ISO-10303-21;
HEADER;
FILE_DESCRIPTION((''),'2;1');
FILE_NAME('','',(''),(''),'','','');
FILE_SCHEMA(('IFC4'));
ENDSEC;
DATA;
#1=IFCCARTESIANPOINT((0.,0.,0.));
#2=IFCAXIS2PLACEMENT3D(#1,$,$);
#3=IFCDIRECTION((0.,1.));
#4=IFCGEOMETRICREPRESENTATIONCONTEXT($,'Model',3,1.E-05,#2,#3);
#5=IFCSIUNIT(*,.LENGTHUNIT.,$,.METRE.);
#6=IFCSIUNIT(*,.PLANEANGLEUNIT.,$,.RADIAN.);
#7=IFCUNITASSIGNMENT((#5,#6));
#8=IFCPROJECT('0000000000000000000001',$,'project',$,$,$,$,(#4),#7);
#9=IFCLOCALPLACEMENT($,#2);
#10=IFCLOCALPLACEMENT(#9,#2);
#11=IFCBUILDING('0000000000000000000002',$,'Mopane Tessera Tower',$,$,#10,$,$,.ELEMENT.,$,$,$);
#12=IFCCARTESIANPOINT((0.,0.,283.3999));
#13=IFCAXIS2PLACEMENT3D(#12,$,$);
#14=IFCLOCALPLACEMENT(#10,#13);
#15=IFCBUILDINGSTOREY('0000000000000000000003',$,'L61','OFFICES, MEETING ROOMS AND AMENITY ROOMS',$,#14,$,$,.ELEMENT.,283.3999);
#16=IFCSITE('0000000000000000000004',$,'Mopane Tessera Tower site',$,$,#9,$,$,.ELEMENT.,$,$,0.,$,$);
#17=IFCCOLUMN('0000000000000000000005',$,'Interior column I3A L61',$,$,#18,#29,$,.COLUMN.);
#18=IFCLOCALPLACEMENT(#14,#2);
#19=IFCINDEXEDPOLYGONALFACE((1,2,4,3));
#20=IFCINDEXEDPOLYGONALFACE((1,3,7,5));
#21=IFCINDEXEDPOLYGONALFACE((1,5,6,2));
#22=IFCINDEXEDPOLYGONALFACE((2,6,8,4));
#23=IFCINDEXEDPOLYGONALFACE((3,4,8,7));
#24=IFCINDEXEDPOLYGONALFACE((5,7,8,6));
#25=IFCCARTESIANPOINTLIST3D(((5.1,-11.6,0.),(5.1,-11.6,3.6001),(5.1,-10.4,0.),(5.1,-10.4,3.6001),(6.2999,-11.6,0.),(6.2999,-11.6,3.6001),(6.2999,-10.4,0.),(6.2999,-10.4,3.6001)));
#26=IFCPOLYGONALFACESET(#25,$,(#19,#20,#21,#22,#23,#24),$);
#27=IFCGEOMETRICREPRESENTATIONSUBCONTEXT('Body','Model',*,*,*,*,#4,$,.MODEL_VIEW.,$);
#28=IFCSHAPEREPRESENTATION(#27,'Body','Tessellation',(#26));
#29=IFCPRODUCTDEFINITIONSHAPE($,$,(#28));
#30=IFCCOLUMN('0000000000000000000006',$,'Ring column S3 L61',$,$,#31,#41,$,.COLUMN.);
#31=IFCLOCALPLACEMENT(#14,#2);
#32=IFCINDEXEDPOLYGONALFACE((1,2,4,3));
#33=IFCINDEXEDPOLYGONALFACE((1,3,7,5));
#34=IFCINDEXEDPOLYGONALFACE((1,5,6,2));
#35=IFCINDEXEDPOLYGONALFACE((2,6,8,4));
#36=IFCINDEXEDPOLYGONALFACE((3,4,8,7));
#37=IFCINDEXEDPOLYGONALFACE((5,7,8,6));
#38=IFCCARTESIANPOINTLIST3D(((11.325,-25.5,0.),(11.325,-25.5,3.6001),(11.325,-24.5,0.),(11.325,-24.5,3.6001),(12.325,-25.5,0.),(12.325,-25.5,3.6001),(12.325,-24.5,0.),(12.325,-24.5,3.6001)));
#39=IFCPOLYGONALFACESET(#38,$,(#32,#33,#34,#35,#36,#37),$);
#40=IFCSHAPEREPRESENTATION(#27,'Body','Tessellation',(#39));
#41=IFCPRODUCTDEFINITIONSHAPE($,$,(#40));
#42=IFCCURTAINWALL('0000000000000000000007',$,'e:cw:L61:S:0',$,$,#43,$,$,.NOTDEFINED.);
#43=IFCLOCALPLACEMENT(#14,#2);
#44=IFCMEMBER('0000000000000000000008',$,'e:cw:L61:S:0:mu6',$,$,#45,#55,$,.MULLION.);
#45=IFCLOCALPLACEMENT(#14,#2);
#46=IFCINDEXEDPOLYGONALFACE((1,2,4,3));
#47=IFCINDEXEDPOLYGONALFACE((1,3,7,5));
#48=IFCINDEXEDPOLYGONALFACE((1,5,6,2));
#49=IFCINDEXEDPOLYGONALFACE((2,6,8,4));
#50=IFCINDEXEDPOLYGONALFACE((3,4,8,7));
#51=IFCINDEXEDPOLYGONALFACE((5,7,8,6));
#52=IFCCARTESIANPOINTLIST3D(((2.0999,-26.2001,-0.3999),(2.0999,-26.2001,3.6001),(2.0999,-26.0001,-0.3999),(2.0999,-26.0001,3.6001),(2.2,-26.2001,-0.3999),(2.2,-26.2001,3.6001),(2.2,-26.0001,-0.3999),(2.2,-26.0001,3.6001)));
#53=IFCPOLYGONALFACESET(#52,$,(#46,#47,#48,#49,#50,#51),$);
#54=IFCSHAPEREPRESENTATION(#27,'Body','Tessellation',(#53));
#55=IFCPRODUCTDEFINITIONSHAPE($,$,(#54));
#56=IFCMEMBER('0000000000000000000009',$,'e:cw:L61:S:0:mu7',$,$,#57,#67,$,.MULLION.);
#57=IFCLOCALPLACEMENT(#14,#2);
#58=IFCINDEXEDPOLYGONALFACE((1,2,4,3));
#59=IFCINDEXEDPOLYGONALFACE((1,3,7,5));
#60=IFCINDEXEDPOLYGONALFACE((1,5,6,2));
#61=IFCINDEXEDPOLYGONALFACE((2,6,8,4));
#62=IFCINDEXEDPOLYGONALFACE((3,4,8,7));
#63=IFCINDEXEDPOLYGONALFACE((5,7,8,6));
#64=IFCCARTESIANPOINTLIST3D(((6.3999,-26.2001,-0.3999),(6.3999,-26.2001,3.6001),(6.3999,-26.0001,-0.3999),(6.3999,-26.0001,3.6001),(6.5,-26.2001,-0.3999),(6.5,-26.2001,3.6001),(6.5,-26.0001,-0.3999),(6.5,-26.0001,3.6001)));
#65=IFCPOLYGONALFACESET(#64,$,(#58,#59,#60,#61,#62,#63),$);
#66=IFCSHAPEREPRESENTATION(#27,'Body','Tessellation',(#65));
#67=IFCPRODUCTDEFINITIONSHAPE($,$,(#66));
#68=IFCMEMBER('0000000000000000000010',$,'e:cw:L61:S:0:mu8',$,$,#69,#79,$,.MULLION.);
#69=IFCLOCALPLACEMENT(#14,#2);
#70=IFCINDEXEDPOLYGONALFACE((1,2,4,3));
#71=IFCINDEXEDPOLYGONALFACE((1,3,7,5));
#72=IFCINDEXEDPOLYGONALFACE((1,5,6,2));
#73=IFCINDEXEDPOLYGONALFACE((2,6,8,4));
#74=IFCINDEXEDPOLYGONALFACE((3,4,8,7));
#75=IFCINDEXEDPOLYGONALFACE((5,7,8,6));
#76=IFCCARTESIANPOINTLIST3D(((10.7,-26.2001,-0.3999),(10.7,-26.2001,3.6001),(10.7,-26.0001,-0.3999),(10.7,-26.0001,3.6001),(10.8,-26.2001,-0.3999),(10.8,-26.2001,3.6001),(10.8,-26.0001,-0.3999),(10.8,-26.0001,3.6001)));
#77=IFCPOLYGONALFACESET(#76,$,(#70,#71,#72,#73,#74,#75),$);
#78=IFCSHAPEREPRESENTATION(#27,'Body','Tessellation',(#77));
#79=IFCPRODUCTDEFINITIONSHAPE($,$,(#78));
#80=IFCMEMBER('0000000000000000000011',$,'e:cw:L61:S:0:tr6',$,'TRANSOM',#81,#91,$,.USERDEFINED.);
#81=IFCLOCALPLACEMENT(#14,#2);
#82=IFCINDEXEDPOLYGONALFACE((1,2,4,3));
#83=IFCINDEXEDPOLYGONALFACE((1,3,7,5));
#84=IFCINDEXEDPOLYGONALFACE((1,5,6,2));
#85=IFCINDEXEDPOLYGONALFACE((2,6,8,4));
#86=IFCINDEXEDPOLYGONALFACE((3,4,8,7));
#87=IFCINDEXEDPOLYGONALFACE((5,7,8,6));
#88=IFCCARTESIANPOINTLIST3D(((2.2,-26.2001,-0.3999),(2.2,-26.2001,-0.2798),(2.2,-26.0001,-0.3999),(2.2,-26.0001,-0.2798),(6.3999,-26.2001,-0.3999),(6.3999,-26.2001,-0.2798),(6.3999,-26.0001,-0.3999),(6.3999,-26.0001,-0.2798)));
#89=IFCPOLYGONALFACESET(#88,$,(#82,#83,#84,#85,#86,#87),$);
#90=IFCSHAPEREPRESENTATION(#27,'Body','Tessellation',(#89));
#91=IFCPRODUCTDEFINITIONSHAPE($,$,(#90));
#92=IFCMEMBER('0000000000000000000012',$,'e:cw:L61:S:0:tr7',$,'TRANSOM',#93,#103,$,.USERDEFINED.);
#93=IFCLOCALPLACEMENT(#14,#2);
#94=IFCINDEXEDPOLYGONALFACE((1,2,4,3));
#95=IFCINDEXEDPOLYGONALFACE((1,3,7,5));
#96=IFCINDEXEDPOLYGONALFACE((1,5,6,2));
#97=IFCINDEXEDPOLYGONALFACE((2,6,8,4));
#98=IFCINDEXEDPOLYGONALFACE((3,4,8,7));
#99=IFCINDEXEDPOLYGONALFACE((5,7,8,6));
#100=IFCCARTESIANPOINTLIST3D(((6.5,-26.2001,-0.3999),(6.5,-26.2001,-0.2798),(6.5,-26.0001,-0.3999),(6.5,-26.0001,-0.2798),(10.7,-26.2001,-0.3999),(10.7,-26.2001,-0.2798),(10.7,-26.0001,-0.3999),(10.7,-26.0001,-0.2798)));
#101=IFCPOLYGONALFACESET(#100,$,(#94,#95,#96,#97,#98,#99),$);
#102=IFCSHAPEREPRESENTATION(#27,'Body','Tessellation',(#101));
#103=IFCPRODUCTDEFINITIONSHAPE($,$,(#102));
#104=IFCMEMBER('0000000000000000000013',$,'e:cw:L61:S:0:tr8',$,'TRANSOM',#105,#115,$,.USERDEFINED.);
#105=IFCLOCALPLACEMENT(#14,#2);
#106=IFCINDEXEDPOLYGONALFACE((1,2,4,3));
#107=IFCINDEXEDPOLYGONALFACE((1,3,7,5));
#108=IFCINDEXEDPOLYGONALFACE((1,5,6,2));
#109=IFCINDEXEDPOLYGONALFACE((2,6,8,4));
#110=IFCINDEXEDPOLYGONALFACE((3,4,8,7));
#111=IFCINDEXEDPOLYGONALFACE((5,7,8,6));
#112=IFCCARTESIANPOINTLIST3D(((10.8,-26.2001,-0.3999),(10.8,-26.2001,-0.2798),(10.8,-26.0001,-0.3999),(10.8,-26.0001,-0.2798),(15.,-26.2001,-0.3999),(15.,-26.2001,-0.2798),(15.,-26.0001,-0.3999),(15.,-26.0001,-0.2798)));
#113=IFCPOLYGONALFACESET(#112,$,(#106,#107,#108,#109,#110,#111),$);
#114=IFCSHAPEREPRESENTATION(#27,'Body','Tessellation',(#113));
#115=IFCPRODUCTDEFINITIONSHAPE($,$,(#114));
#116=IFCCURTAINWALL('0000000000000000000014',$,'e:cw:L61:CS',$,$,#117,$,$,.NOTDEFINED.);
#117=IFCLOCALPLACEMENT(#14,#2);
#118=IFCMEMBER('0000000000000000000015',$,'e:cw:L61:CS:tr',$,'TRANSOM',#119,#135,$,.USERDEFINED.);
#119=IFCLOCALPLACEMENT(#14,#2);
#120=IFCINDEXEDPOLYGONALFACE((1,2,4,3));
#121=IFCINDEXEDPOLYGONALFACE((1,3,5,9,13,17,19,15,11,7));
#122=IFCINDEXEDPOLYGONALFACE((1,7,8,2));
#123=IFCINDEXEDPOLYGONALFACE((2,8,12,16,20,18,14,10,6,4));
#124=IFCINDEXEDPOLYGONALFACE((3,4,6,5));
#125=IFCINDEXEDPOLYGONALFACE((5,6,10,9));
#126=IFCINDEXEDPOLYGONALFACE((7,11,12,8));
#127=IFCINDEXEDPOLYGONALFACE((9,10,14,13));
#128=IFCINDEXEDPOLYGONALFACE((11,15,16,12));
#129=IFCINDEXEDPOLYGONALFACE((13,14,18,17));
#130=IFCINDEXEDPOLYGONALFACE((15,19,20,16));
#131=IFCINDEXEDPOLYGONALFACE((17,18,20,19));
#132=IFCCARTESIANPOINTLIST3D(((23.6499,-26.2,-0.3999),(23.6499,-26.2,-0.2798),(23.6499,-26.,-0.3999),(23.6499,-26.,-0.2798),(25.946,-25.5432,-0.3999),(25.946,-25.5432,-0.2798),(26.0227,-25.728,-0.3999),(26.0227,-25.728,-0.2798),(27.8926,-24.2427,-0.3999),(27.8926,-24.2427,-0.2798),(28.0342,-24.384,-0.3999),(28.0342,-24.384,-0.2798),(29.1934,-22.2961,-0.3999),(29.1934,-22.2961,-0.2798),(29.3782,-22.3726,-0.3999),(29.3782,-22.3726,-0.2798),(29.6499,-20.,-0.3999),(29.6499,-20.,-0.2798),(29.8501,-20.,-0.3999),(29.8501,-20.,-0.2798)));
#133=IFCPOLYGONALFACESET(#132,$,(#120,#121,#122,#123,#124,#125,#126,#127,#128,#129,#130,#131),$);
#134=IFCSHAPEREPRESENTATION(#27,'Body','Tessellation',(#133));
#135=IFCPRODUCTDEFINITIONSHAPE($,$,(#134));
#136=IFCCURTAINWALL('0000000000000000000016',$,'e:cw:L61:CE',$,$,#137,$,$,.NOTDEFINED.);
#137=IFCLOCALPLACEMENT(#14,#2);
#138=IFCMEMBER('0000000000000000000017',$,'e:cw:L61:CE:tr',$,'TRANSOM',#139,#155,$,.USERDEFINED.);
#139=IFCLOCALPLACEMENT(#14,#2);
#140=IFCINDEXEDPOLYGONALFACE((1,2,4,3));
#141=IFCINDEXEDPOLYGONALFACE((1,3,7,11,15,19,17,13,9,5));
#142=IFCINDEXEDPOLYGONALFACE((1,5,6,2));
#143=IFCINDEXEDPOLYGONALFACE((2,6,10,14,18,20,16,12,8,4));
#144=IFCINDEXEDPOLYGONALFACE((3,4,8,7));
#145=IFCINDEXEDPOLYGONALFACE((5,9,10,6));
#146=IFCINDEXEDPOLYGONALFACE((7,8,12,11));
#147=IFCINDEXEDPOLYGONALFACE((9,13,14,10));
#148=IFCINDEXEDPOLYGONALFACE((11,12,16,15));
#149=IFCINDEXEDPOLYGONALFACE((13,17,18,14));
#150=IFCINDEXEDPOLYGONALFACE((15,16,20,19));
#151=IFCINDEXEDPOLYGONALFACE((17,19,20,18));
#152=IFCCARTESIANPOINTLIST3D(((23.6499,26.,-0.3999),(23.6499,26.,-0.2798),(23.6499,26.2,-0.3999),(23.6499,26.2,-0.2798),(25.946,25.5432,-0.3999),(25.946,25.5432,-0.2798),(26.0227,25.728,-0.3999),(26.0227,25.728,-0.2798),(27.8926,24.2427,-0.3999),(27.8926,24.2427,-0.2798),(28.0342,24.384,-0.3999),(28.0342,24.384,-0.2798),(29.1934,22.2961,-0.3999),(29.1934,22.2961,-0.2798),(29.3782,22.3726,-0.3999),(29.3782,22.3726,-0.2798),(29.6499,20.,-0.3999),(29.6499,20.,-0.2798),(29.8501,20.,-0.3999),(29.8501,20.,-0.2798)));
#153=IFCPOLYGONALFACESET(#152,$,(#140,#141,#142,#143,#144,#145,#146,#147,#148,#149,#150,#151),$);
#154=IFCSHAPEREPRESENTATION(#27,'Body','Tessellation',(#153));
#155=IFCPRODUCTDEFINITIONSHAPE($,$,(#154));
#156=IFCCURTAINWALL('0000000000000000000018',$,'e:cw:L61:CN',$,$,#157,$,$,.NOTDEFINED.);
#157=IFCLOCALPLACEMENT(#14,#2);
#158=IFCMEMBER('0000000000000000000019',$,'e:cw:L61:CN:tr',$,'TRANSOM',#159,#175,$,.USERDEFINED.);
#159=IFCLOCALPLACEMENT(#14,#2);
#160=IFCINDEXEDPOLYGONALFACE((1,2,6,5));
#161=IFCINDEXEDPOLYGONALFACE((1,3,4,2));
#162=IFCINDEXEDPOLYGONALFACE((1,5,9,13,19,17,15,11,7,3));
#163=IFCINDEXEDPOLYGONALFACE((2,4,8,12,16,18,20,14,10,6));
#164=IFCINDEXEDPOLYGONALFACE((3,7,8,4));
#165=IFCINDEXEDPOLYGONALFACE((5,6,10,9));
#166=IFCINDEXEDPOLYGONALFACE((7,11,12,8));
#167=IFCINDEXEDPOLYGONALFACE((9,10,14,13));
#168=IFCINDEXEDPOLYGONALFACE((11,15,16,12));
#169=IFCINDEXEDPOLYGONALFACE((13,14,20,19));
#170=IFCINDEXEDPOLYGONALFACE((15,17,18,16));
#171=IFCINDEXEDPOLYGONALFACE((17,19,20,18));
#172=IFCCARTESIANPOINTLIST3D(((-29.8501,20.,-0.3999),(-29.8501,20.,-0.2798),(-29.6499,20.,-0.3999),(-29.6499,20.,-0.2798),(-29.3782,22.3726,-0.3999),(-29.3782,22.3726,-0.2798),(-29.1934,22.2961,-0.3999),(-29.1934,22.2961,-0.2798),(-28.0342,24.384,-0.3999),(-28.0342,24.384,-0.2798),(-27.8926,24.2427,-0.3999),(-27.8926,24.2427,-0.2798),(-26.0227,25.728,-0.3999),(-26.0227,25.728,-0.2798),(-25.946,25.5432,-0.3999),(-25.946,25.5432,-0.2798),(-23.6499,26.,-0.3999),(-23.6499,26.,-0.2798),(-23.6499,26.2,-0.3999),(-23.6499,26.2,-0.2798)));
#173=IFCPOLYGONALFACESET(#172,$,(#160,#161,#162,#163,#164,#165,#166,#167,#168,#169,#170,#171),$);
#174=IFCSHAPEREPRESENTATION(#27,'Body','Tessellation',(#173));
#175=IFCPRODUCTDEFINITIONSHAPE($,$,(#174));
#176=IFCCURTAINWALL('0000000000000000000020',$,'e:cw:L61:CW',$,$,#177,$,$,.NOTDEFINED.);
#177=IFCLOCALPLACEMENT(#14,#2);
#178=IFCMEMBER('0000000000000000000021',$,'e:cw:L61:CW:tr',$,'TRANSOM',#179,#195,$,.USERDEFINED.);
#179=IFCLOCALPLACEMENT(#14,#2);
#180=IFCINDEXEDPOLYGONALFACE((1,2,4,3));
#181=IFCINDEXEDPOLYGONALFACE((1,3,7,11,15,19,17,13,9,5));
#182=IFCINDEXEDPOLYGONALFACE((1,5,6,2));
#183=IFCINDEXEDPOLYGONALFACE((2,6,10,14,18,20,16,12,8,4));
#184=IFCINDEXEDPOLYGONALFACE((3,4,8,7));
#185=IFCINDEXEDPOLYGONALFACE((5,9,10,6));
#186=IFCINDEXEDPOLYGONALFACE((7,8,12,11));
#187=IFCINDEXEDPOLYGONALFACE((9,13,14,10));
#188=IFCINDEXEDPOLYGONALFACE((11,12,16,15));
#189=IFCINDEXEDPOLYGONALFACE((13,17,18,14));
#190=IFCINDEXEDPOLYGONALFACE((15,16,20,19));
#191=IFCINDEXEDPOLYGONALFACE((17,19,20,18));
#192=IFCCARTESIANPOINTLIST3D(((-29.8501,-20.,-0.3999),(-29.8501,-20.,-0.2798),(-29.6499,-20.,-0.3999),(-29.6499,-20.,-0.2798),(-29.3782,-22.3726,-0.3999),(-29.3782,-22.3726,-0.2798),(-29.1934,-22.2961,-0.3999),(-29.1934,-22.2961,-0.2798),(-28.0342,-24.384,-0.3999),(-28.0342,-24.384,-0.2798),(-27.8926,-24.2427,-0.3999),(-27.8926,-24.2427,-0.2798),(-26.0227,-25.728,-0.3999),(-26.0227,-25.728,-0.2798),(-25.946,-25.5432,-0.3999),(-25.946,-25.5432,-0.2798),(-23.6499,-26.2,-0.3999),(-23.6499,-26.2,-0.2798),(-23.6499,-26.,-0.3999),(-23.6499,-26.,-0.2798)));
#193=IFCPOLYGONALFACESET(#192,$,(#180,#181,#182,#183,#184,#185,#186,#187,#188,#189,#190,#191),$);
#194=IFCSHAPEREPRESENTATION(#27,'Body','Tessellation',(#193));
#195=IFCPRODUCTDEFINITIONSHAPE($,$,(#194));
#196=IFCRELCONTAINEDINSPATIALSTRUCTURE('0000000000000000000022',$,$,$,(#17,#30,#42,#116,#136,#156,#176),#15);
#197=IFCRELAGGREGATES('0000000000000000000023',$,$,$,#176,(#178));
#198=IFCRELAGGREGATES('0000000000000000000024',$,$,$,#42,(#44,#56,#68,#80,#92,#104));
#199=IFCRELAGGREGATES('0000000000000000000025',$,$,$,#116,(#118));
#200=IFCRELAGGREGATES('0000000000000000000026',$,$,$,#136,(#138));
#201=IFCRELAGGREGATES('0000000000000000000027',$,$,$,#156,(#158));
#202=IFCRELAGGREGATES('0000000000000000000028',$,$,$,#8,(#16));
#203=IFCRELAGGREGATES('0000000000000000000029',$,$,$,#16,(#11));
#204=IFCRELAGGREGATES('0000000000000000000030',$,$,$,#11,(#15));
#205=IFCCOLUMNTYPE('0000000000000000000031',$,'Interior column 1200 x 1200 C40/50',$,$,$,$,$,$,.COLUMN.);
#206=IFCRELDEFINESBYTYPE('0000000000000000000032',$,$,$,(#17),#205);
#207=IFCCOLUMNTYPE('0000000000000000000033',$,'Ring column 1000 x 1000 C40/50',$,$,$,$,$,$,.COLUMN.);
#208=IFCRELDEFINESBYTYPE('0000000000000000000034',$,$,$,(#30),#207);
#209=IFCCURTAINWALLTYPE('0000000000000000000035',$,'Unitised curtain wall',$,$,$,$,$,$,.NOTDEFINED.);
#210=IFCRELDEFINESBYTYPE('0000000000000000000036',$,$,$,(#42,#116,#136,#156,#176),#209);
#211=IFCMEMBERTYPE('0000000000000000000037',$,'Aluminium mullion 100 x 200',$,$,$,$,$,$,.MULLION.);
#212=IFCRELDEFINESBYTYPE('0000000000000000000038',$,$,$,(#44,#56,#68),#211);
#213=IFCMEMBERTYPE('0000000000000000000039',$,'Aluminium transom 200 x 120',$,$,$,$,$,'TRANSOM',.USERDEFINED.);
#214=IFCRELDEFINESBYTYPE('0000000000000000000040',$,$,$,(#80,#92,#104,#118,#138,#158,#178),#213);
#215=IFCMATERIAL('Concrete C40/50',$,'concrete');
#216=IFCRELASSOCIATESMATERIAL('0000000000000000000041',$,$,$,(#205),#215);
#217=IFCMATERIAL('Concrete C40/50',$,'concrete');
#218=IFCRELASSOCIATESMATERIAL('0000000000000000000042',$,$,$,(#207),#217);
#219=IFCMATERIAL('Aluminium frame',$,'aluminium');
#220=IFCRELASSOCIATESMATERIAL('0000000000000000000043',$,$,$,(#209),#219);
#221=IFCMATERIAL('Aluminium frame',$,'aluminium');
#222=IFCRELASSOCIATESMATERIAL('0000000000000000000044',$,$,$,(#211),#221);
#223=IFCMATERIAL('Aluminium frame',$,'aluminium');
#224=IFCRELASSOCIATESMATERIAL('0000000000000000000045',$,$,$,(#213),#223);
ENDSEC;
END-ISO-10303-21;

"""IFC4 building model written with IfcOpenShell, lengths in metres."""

from ifc_helpers import new_model, si_unit, direction, frame, origin, origin_2d, place, context, subcontext, project, spatial, polyline, rectangle, outline, extrude, material, material_profile, profile_set, type_object, element, aggregate, save


model = new_model("IFC4")

# Units and contexts
model_context = context("Model", 3, precision=1e-05, world=origin(), true_north=direction((0.0, 1.0)))
body_context = subcontext(model_context, "Body", "Model", "MODEL_VIEW")
ifc_project = project(units=[si_unit("LENGTHUNIT", "METRE"), si_unit("PLANEANGLEUNIT", "RADIAN")], contexts=[model_context])

# Site, building, storey
site_placement = place(None, origin())
site = spatial("IfcSite", under=ifc_project, at=site_placement, Name="Mopane Tessera Tower site", CompositionType="ELEMENT", RefElevation=0.0)
building_placement = place(site_placement, origin())
building = spatial("IfcBuilding", under=site, at=building_placement, Name="Mopane Tessera Tower", CompositionType="ELEMENT")
storey_placement = place(building_placement, frame((0.0, 0.0, 283.3999)))
storey = spatial("IfcBuildingStorey", under=building, at=storey_placement, Name="L61", Description="OFFICES, MEETING ROOMS AND AMENITY ROOMS", CompositionType="ELEMENT", Elevation=283.3999)

# Columns
ifc_material_1 = material(Name="Concrete C40/50", Category="concrete")
ifc_material_profile_1 = material_profile(ifc_material_1, rectangle(XDim=1.2, YDim=1.2, at=origin_2d()))
ifc_profile_set_1 = profile_set([ifc_material_profile_1], Name="Concrete C40/50")
column_type_1 = type_object("IfcColumnType", Name="Interior column 1200 x 1200 C40/50", PredefinedType="COLUMN", material=ifc_profile_set_1)
column_1_placement = place(storey_placement, frame((5.7, -11.0, 0.0), z_axis=(0.0, 0.0, 1.0), x_axis=(1.0, 0.0, 0.0)))
element("IfcColumn", 1, at=column_1_placement, inside=storey, type_object=column_type_1, Name="Interior column I3A L61", PredefinedType="COLUMN", context=body_context, shape_type="SweptSolid", body=[
    extrude(rectangle(XDim=1.2, YDim=1.2, at=origin_2d()), origin(), (0.0, 0.0, 1.0), 3.6001),
])
ifc_material_2 = material(Name="Concrete C40/50", Category="concrete")
ifc_material_profile_2 = material_profile(ifc_material_2, rectangle(XDim=1.0, YDim=1.0, at=origin_2d()))
ifc_profile_set_2 = profile_set([ifc_material_profile_2], Name="Concrete C40/50")
column_type_2 = type_object("IfcColumnType", Name="Ring column 1000 x 1000 C40/50", PredefinedType="COLUMN", material=ifc_profile_set_2)
column_2_placement = place(storey_placement, frame((11.825, -25.0, 0.0), z_axis=(0.0, 0.0, 1.0), x_axis=(1.0, 0.0, 0.0)))
element("IfcColumn", 2, at=column_2_placement, inside=storey, type_object=column_type_2, Name="Ring column S3 L61", PredefinedType="COLUMN", context=body_context, shape_type="SweptSolid", body=[
    extrude(rectangle(XDim=1.0, YDim=1.0, at=origin_2d()), origin(), (0.0, 0.0, 1.0), 3.6001),
])

# Curtain wall, members
ifc_material_3 = material(Name="Aluminium frame", Category="aluminium")
curtain_wall_type = type_object("IfcCurtainWallType", Name="Unitised curtain wall", PredefinedType="NOTDEFINED", material=ifc_material_3)
curtain_wall_1_placement = place(storey_placement, origin())
curtain_wall_1 = element("IfcCurtainWall", 3, at=curtain_wall_1_placement, inside=storey, type_object=curtain_wall_type, Name="e:cw:L61:S:0", PredefinedType="NOTDEFINED")
ifc_material_4 = material(Name="Aluminium frame", Category="aluminium")
ifc_material_profile_3 = material_profile(ifc_material_4, rectangle(XDim=0.1001, YDim=0.2, at=origin_2d()))
ifc_profile_set_3 = profile_set([ifc_material_profile_3], Name="Aluminium frame")
member_type_1 = type_object("IfcMemberType", Name="Aluminium mullion 100 x 200", PredefinedType="MULLION", material=ifc_profile_set_3)
member_1_placement = place(storey_placement, frame((2.1499, -26.1001, -0.3999), z_axis=(0.0, 0.0, 1.0), x_axis=(1.0, 0.0, 0.0)))
member_1 = element("IfcMember", 4, at=member_1_placement, type_object=member_type_1, Name="e:cw:L61:S:0:mu6", PredefinedType="MULLION", context=body_context, shape_type="SweptSolid", body=[
    extrude(rectangle(XDim=0.1001, YDim=0.2, at=origin_2d()), origin(), (0.0, 0.0, 1.0), 4.0),
])
member_2_placement = place(storey_placement, frame((6.45, -26.1001, -0.3999), z_axis=(0.0, 0.0, 1.0), x_axis=(1.0, 0.0, 0.0)))
member_2 = element("IfcMember", 5, at=member_2_placement, type_object=member_type_1, Name="e:cw:L61:S:0:mu7", PredefinedType="MULLION", context=body_context, shape_type="SweptSolid", body=[
    extrude(rectangle(XDim=0.1001, YDim=0.2, at=origin_2d()), origin(), (0.0, 0.0, 1.0), 4.0),
])
member_3_placement = place(storey_placement, frame((10.75, -26.1001, -0.3999), z_axis=(0.0, 0.0, 1.0), x_axis=(1.0, 0.0, 0.0)))
member_3 = element("IfcMember", 6, at=member_3_placement, type_object=member_type_1, Name="e:cw:L61:S:0:mu8", PredefinedType="MULLION", context=body_context, shape_type="SweptSolid", body=[
    extrude(rectangle(XDim=0.1001, YDim=0.2, at=origin_2d()), origin(), (0.0, 0.0, 1.0), 4.0),
])
ifc_material_5 = material(Name="Aluminium frame", Category="aluminium")
ifc_material_profile_4 = material_profile(ifc_material_5, rectangle(XDim=0.2, YDim=0.1201, at=origin_2d()))
ifc_profile_set_4 = profile_set([ifc_material_profile_4], Name="Aluminium frame")
member_type_2 = type_object("IfcMemberType", Name="Aluminium transom 200 x 120", ElementType="TRANSOM", PredefinedType="USERDEFINED", material=ifc_profile_set_4)
member_4_placement = place(storey_placement, frame((2.2, -26.1001, -0.3398), z_axis=(1.0, 0.0, 0.0), x_axis=(0.0, 1.0, 0.0)))
member_4 = element("IfcMember", 7, at=member_4_placement, type_object=member_type_2, Name="e:cw:L61:S:0:tr6", ObjectType="TRANSOM", PredefinedType="USERDEFINED", context=body_context, shape_type="SweptSolid", body=[
    extrude(rectangle(XDim=0.2, YDim=0.1201, at=origin_2d()), origin(), (0.0, 0.0, 1.0), 4.2),
])
member_5_placement = place(storey_placement, frame((6.5, -26.1001, -0.3398), z_axis=(1.0, 0.0, 0.0), x_axis=(0.0, 1.0, 0.0)))
member_5 = element("IfcMember", 8, at=member_5_placement, type_object=member_type_2, Name="e:cw:L61:S:0:tr7", ObjectType="TRANSOM", PredefinedType="USERDEFINED", context=body_context, shape_type="SweptSolid", body=[
    extrude(rectangle(XDim=0.2, YDim=0.1201, at=origin_2d()), origin(), (0.0, 0.0, 1.0), 4.2),
])
member_6_placement = place(storey_placement, frame((10.8, -26.1001, -0.3398), z_axis=(1.0, 0.0, 0.0), x_axis=(0.0, 1.0, 0.0)))
member_6 = element("IfcMember", 9, at=member_6_placement, type_object=member_type_2, Name="e:cw:L61:S:0:tr8", ObjectType="TRANSOM", PredefinedType="USERDEFINED", context=body_context, shape_type="SweptSolid", body=[
    extrude(rectangle(XDim=0.2, YDim=0.1201, at=origin_2d()), origin(), (0.0, 0.0, 1.0), 4.2),
])

# Curtain walls, members
curtain_wall_2_placement = place(storey_placement, origin())
curtain_wall_2 = element("IfcCurtainWall", 10, at=curtain_wall_2_placement, inside=storey, type_object=curtain_wall_type, Name="e:cw:L61:CS", PredefinedType="NOTDEFINED")
member_7_placement = place(storey_placement, frame((0.0, 0.0, -0.3999)))
member_7 = element("IfcMember", 11, at=member_7_placement, type_object=member_type_2, Name="e:cw:L61:CS:tr", ObjectType="TRANSOM", PredefinedType="USERDEFINED", context=body_context, shape_type="SweptSolid", body=[
    extrude(outline(polyline([(23.6499, -26.0), (25.946, -25.5432), (27.8926, -24.2427), (29.1934, -22.2961), (29.6499, -20.0), (29.8501, -20.0), (29.3782, -22.3726), (28.0342, -24.384), (26.0227, -25.728), (23.6499, -26.2), (23.6499, -26.0)])), origin(), (0.0, 0.0, 1.0), 0.1201),
])
curtain_wall_3_placement = place(storey_placement, origin())
curtain_wall_3 = element("IfcCurtainWall", 12, at=curtain_wall_3_placement, inside=storey, type_object=curtain_wall_type, Name="e:cw:L61:CE", PredefinedType="NOTDEFINED")
member_8_placement = place(storey_placement, frame((0.0, 0.0, -0.3999)))
member_8 = element("IfcMember", 13, at=member_8_placement, type_object=member_type_2, Name="e:cw:L61:CE:tr", ObjectType="TRANSOM", PredefinedType="USERDEFINED", context=body_context, shape_type="SweptSolid", body=[
    extrude(outline(polyline([(29.6499, 20.0), (29.1934, 22.2961), (27.8926, 24.2427), (25.946, 25.5432), (23.6499, 26.0), (23.6499, 26.2), (26.0227, 25.728), (28.0342, 24.384), (29.3782, 22.3726), (29.8501, 20.0), (29.6499, 20.0)])), origin(), (0.0, 0.0, 1.0), 0.1201),
])
curtain_wall_4_placement = place(storey_placement, origin())
curtain_wall_4 = element("IfcCurtainWall", 14, at=curtain_wall_4_placement, inside=storey, type_object=curtain_wall_type, Name="e:cw:L61:CN", PredefinedType="NOTDEFINED")
member_9_placement = place(storey_placement, frame((0.0, 0.0, -0.3999)))
member_9 = element("IfcMember", 15, at=member_9_placement, type_object=member_type_2, Name="e:cw:L61:CN:tr", ObjectType="TRANSOM", PredefinedType="USERDEFINED", context=body_context, shape_type="SweptSolid", body=[
    extrude(outline(polyline([(-23.6499, 26.0), (-25.946, 25.5432), (-27.8926, 24.2427), (-29.1934, 22.2961), (-29.6499, 20.0), (-29.8501, 20.0), (-29.3782, 22.3726), (-28.0342, 24.384), (-26.0227, 25.728), (-23.6499, 26.2), (-23.6499, 26.0)])), origin(), (0.0, 0.0, 1.0), 0.1201),
])
curtain_wall_5_placement = place(storey_placement, origin())
curtain_wall_5 = element("IfcCurtainWall", 16, at=curtain_wall_5_placement, inside=storey, type_object=curtain_wall_type, Name="e:cw:L61:CW", PredefinedType="NOTDEFINED")
member_10_placement = place(storey_placement, frame((0.0, 0.0, -0.3999)))
member_10 = element("IfcMember", 17, at=member_10_placement, type_object=member_type_2, Name="e:cw:L61:CW:tr", ObjectType="TRANSOM", PredefinedType="USERDEFINED", context=body_context, shape_type="SweptSolid", body=[
    extrude(outline(polyline([(-29.6499, -20.0), (-29.1934, -22.2961), (-27.8926, -24.2427), (-25.946, -25.5432), (-23.6499, -26.0), (-23.6499, -26.2), (-26.0227, -25.728), (-28.0342, -24.384), (-29.3782, -22.3726), (-29.8501, -20.0), (-29.6499, -20.0)])), origin(), (0.0, 0.0, 1.0), 0.1201),
])
aggregate(curtain_wall_5, [member_10])

aggregate(curtain_wall_1, [member_1, member_2, member_3, member_4, member_5, member_6])
aggregate(curtain_wall_2, [member_7])
aggregate(curtain_wall_3, [member_8])
aggregate(curtain_wall_4, [member_9])

save(model, "model.ifc")
